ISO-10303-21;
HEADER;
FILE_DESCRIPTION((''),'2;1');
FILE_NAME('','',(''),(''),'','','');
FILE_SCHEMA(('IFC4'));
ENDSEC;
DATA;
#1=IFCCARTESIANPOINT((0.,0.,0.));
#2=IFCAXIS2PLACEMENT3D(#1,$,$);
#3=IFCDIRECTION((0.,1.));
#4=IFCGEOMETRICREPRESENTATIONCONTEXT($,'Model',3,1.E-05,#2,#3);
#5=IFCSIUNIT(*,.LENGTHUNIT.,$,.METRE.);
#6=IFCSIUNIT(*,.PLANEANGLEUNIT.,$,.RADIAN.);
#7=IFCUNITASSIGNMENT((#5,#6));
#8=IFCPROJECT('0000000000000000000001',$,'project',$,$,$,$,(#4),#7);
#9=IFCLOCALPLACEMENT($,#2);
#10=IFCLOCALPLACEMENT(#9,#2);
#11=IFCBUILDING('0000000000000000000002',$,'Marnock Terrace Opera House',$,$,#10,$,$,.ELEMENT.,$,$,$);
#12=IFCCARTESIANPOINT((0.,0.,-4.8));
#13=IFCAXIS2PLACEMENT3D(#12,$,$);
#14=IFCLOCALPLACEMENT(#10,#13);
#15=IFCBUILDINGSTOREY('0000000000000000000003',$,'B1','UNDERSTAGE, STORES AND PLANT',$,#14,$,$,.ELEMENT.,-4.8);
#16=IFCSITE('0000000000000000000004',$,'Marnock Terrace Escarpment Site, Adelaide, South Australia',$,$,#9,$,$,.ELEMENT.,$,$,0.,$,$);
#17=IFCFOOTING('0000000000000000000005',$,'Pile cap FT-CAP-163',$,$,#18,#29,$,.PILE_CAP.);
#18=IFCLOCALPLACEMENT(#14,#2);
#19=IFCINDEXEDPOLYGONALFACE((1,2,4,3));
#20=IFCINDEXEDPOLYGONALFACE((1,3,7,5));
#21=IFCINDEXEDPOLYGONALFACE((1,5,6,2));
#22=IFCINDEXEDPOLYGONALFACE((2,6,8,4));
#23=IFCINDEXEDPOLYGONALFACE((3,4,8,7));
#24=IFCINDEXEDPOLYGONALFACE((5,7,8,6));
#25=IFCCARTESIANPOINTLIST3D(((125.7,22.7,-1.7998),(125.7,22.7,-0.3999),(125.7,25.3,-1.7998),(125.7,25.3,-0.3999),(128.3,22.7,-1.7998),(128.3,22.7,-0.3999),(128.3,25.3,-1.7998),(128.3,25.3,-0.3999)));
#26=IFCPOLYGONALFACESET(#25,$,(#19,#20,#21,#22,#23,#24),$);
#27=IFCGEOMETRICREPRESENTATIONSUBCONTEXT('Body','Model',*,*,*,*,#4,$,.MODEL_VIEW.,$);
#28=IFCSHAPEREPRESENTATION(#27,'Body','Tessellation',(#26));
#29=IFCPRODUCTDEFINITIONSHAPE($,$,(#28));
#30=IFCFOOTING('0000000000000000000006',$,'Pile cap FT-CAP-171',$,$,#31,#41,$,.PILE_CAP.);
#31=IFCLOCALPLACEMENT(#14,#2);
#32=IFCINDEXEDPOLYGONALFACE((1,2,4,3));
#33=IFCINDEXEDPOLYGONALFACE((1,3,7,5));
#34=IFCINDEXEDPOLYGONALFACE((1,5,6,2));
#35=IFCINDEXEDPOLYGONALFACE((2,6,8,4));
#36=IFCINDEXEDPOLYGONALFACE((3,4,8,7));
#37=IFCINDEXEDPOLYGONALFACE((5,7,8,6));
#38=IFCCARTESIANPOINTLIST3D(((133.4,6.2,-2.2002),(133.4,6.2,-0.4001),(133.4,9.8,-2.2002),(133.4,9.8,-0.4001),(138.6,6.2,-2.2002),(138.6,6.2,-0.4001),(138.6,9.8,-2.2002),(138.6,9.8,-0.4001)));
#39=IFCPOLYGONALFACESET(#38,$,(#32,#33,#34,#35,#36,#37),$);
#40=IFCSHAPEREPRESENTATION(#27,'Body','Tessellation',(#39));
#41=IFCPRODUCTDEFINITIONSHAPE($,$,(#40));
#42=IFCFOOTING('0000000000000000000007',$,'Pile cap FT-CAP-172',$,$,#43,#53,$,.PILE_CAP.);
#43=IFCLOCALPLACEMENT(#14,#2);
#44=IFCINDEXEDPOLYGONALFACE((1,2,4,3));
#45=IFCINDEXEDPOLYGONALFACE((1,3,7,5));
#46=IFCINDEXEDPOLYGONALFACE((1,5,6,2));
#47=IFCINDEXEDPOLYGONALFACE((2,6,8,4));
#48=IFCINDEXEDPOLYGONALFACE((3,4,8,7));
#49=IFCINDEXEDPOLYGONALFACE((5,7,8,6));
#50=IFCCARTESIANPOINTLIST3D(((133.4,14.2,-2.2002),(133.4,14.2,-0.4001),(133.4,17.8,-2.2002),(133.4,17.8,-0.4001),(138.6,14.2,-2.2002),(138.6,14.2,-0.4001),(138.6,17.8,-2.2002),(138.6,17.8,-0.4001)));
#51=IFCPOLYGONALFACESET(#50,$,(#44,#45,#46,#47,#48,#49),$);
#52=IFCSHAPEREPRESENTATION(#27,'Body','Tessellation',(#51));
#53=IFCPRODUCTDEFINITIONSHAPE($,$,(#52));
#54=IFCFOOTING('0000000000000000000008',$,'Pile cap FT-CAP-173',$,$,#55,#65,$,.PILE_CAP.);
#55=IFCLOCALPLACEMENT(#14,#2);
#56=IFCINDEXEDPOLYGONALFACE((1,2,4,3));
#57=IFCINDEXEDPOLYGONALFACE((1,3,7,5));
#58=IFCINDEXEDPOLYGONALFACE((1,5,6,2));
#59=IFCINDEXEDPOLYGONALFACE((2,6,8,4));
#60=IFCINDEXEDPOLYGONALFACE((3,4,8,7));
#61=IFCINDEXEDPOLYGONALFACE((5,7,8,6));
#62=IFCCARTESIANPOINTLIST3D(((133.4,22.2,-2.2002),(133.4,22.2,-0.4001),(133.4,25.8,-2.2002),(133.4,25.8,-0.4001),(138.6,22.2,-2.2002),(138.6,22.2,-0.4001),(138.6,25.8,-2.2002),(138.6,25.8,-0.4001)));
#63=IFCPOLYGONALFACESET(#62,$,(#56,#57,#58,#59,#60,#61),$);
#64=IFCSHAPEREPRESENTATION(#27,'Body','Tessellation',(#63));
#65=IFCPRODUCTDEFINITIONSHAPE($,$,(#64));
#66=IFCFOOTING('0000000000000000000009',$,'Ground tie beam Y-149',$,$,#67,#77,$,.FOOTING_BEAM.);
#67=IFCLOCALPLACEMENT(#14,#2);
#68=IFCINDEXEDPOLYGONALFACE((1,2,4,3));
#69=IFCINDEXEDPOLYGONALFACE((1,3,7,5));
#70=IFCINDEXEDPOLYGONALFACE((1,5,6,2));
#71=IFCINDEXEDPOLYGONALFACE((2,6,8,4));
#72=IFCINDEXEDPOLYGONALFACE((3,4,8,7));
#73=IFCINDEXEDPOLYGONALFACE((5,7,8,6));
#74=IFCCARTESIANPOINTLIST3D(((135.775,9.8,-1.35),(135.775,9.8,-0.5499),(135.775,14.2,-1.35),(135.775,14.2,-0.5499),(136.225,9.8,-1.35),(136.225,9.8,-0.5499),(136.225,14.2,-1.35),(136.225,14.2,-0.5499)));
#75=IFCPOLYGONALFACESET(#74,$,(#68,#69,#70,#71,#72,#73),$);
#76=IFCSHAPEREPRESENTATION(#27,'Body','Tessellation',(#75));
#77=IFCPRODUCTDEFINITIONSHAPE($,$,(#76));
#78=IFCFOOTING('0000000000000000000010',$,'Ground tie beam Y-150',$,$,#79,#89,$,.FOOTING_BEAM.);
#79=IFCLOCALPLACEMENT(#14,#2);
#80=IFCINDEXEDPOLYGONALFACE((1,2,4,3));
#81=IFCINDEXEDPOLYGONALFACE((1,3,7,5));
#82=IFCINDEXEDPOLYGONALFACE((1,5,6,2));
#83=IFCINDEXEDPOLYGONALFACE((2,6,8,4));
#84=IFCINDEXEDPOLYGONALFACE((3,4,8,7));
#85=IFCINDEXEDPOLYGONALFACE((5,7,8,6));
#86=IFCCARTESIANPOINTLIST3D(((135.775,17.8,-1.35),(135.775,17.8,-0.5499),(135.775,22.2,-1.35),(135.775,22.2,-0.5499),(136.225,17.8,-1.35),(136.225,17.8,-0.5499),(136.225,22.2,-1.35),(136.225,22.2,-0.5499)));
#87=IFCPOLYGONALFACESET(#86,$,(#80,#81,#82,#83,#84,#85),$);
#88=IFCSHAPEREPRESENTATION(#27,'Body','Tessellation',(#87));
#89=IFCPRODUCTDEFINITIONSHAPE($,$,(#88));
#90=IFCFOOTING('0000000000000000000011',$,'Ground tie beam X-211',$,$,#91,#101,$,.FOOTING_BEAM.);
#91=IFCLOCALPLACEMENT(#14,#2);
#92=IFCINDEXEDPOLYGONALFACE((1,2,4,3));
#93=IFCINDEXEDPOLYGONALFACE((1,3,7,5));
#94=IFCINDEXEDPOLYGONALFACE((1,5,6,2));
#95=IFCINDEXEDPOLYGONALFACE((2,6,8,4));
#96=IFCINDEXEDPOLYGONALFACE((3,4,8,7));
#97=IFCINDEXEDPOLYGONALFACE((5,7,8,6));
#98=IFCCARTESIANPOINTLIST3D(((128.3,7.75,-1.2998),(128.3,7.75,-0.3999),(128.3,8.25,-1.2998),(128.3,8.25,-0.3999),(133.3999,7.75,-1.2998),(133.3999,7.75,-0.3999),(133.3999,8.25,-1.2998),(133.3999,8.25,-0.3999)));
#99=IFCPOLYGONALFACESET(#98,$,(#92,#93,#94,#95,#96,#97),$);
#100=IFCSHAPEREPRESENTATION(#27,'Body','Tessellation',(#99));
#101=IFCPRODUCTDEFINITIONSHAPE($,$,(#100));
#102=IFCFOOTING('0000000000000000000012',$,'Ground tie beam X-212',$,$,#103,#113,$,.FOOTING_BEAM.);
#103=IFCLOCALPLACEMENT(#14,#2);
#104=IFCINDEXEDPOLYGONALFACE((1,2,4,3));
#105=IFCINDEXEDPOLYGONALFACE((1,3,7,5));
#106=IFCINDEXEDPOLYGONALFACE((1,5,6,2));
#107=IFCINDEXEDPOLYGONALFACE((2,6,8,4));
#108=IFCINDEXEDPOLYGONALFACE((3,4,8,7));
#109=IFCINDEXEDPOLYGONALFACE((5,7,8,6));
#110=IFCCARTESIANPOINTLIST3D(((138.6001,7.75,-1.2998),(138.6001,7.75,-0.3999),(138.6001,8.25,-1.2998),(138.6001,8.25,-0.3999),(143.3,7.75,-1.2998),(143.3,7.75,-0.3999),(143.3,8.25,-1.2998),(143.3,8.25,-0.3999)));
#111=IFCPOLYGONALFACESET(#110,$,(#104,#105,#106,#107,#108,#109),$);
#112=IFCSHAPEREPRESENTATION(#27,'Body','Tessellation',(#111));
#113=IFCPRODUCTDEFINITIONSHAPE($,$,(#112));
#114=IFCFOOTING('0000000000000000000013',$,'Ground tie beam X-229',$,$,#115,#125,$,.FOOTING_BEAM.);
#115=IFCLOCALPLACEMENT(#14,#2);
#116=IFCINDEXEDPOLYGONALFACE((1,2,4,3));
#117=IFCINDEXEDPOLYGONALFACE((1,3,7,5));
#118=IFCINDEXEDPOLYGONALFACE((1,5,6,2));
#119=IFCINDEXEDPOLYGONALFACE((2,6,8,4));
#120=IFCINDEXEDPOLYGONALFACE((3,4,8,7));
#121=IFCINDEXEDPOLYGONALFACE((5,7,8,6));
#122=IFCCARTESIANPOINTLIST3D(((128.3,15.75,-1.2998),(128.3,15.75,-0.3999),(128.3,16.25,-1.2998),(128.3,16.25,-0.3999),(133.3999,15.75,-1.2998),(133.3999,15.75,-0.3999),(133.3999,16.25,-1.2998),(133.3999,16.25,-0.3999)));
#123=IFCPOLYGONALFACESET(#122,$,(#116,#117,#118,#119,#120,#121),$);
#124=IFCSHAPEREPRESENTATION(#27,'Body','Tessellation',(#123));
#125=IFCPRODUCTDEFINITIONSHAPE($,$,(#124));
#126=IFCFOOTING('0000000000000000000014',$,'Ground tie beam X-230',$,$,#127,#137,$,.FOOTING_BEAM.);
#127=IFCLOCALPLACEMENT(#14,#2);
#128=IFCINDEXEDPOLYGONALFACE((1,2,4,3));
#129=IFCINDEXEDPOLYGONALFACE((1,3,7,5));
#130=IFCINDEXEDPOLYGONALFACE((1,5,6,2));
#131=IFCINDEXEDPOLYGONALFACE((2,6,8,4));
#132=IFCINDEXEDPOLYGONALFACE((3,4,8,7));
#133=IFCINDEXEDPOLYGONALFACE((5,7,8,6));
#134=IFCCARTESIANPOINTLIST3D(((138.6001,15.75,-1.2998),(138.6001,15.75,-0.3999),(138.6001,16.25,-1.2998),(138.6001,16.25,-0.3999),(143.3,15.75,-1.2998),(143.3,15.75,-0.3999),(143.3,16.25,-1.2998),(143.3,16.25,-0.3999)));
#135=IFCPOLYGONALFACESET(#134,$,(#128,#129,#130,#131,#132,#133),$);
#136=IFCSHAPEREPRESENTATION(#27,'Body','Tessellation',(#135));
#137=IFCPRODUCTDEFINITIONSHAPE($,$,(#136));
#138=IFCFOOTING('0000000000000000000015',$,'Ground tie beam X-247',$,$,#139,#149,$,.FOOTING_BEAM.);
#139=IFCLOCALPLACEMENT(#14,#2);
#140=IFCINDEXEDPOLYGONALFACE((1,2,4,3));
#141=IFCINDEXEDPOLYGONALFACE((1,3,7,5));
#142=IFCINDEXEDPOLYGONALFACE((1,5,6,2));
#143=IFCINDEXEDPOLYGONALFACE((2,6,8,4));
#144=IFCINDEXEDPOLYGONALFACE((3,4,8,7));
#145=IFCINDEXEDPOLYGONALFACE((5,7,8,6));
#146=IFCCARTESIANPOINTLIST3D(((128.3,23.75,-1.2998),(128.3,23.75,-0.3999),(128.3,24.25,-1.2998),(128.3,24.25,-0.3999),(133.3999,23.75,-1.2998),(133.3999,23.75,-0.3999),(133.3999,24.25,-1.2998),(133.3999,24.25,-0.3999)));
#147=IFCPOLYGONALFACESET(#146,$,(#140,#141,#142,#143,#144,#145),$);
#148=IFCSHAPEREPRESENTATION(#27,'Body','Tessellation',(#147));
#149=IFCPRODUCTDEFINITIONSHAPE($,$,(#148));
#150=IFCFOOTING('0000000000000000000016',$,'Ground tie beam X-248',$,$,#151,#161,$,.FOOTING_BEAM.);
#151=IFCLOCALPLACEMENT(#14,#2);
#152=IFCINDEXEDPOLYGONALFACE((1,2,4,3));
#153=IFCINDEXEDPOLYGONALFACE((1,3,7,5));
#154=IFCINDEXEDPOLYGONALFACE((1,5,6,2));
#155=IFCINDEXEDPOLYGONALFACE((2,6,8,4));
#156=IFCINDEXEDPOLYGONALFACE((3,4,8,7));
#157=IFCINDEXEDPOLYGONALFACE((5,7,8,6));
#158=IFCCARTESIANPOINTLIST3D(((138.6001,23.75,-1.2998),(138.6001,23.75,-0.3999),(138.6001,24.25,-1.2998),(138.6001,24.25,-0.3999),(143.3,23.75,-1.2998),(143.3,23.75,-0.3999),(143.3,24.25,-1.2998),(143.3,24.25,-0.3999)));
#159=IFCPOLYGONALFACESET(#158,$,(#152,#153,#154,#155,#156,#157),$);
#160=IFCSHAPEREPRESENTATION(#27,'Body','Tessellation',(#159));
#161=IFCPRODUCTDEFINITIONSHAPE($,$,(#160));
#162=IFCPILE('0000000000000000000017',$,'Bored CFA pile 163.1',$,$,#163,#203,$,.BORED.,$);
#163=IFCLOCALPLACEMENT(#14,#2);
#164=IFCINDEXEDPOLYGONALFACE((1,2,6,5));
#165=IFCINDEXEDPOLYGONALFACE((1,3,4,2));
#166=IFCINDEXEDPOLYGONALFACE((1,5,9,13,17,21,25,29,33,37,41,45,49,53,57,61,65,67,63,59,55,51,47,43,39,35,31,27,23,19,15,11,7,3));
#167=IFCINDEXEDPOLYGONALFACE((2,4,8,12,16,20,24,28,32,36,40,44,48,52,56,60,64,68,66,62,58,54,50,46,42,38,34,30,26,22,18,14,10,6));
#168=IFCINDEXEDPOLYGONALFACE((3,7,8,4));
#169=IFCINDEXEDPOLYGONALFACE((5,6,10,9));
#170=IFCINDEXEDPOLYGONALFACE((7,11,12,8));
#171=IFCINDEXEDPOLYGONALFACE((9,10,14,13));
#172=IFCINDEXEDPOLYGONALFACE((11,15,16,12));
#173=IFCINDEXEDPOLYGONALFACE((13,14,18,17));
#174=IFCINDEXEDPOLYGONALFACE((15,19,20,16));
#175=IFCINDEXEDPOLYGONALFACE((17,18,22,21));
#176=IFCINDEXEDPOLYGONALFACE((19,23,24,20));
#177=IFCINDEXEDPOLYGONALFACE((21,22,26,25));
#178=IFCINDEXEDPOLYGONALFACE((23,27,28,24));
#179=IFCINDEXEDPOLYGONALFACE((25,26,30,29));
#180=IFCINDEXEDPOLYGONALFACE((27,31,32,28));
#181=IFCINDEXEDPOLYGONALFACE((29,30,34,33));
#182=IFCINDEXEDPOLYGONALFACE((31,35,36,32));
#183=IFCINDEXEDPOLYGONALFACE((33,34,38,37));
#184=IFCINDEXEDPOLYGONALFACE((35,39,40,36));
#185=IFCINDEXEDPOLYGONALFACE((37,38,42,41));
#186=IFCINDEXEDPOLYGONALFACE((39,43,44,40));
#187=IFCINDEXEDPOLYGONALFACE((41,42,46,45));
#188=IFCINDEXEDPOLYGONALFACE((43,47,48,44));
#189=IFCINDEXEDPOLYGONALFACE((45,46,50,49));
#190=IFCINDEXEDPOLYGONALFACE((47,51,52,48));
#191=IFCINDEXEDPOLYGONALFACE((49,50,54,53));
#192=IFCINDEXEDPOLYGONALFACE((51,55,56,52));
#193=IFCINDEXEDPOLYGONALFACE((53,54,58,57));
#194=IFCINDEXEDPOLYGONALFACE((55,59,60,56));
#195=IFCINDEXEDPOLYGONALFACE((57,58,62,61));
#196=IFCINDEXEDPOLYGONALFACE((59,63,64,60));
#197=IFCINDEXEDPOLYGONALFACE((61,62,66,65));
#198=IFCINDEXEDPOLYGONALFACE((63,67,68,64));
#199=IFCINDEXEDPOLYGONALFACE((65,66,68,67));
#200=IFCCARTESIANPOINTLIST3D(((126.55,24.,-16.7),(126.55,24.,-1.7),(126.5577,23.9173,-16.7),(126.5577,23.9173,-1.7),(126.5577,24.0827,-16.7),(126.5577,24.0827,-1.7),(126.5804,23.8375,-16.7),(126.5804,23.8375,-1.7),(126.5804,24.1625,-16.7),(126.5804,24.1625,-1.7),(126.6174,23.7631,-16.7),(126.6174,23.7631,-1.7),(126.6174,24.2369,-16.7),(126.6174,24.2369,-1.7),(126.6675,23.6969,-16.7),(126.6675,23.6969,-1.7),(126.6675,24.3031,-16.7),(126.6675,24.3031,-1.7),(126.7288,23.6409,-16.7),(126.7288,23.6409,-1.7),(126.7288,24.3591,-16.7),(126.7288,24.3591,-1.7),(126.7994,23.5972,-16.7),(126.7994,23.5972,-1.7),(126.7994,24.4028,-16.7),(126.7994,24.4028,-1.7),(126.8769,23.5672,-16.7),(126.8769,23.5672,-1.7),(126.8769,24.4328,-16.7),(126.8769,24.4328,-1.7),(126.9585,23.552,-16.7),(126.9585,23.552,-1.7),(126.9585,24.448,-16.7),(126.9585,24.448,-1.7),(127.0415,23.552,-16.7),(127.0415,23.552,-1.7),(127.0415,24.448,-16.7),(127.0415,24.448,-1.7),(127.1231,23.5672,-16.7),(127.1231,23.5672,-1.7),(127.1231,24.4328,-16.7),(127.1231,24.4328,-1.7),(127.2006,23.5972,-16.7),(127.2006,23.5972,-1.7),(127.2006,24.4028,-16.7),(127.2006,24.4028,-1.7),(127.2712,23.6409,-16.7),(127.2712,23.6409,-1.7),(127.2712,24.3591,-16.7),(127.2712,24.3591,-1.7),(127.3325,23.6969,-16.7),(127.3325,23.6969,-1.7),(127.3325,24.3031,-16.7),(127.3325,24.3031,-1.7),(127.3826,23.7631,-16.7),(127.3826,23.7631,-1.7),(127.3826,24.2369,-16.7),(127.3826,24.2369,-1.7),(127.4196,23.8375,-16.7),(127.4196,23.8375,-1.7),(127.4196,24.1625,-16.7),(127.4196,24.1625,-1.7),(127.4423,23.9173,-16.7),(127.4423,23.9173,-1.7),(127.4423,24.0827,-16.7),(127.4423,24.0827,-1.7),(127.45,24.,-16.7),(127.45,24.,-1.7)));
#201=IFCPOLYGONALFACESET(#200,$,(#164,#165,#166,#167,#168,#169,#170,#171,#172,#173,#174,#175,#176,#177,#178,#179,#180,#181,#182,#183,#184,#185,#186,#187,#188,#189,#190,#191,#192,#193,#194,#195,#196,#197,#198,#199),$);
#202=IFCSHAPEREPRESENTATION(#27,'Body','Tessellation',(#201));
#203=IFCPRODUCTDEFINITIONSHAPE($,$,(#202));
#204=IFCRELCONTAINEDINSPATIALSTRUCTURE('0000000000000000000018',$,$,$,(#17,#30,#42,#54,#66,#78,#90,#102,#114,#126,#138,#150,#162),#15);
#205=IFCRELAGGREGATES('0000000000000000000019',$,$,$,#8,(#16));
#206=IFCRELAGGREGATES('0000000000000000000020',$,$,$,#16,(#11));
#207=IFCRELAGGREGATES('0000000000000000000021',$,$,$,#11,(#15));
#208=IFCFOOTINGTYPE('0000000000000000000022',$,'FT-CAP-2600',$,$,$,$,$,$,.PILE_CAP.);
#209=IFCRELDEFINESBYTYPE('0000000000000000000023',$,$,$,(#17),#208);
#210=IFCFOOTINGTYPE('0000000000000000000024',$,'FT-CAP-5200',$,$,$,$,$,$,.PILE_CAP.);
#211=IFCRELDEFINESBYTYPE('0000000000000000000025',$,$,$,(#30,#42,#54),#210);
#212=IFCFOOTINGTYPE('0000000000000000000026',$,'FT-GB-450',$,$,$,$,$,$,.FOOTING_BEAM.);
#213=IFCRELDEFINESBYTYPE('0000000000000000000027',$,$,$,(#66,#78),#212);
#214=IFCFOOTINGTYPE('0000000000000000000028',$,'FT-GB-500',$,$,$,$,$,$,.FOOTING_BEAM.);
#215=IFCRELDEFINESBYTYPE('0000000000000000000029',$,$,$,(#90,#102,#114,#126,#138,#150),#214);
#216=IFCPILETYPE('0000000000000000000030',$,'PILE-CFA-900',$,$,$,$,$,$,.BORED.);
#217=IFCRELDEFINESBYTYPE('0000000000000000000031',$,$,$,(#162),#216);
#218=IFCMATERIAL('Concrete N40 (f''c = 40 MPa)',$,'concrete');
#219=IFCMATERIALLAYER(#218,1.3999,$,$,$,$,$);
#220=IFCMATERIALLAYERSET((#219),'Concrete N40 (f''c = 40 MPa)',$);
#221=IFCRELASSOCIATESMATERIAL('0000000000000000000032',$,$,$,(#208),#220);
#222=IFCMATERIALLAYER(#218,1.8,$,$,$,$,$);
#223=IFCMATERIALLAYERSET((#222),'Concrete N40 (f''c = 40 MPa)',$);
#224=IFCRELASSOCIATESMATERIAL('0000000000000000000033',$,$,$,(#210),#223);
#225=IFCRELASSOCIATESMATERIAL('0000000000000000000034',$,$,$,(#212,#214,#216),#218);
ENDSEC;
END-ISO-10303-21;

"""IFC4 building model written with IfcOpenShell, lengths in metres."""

from ifc_helpers import new_model, si_unit, direction, frame, origin, origin_2d, place, context, subcontext, project, spatial, rectangle, circle, extrude, material, layer, layer_set, material_profile, profile_set, type_object, element, save


model = new_model("IFC4")

# Units and contexts
model_context = context("Model", 3, precision=1e-05, world=origin(), true_north=direction((0.0, 1.0)))
body_context = subcontext(model_context, "Body", "Model", "MODEL_VIEW")
ifc_project = project(units=[si_unit("LENGTHUNIT", "METRE"), si_unit("PLANEANGLEUNIT", "RADIAN")], contexts=[model_context])

# Site, building, storey
site_placement = place(None, origin())
site = spatial("IfcSite", under=ifc_project, at=site_placement, Name="Marnock Terrace Escarpment Site, Adelaide, South Australia", CompositionType="ELEMENT", RefElevation=0.0)
building_placement = place(site_placement, origin())
building = spatial("IfcBuilding", under=site, at=building_placement, Name="Marnock Terrace Opera House", CompositionType="ELEMENT")
storey_placement = place(building_placement, frame((0.0, 0.0, -4.8)))
storey = spatial("IfcBuildingStorey", under=building, at=storey_placement, Name="B1", Description="UNDERSTAGE, STORES AND PLANT", CompositionType="ELEMENT", Elevation=-4.8)

# Footings
ifc_material_1 = material(Name="Concrete N40 (f'c = 40 MPa)", Category="concrete")
ifc_layer_1 = layer(ifc_material_1, 1.3999)
ifc_layer_set_1 = layer_set([ifc_layer_1], Name="Concrete N40 (f'c = 40 MPa)")
footing_type_1 = type_object("IfcFootingType", Name="FT-CAP-2600", PredefinedType="PILE_CAP", material=ifc_layer_set_1)
footing_1_placement = place(storey_placement, frame((127.0, 24.0, -1.7998), z_axis=(0.0, 0.0, 1.0), x_axis=(1.0, 0.0, 0.0)))
element("IfcFooting", 1, at=footing_1_placement, inside=storey, type_object=footing_type_1, Name="Pile cap FT-CAP-163", PredefinedType="PILE_CAP", context=body_context, shape_type="SweptSolid", body=[
    extrude(rectangle(XDim=2.6001, YDim=2.6001, at=origin_2d()), origin(), (0.0, 0.0, 1.0), 1.3999),
])
ifc_layer_2 = layer(ifc_material_1, 1.8)
ifc_layer_set_2 = layer_set([ifc_layer_2], Name="Concrete N40 (f'c = 40 MPa)")
footing_type_2 = type_object("IfcFootingType", Name="FT-CAP-5200", PredefinedType="PILE_CAP", material=ifc_layer_set_2)
for number, where, z_axis, x_axis, name in (
    (2, (136.0, 8.0, -2.2002), (0.0, 0.0, 1.0), (1.0, 0.0, 0.0), "Pile cap FT-CAP-171"),
    (3, (136.0, 16.0, -2.2002), (0.0, 0.0, 1.0), (1.0, 0.0, 0.0), "Pile cap FT-CAP-172"),
    (4, (136.0, 24.0, -2.2002), (0.0, 0.0, 1.0), (1.0, 0.0, 0.0), "Pile cap FT-CAP-173"),
):
    element("IfcFooting", number, at=place(storey_placement, frame(where, z_axis=z_axis, x_axis=x_axis)), inside=storey, type_object=footing_type_2, Name=name, PredefinedType="PILE_CAP", context=body_context, shape_type="SweptSolid", body=[
        extrude(rectangle(XDim=5.2, YDim=3.6001, at=origin_2d()), origin(), (0.0, 0.0, 1.0), 1.8),
    ])
ifc_material_profile_1 = material_profile(ifc_material_1, rectangle(XDim=0.45, YDim=0.8, at=origin_2d()))
ifc_profile_set_1 = profile_set([ifc_material_profile_1], Name="Concrete N40 (f'c = 40 MPa)")
footing_type_3 = type_object("IfcFootingType", Name="FT-GB-450", PredefinedType="FOOTING_BEAM", material=ifc_profile_set_1)
for number, where, z_axis, x_axis, name in (
    (5, (136.0, 9.8, -0.95), (0.0, 1.0, 0.0), (-1.0, 0.0, 0.0), "Ground tie beam Y-149"),
    (6, (136.0, 17.8, -0.95), (0.0, 1.0, 0.0), (-1.0, 0.0, 0.0), "Ground tie beam Y-150"),
):
    element("IfcFooting", number, at=place(storey_placement, frame(where, z_axis=z_axis, x_axis=x_axis)), inside=storey, type_object=footing_type_3, Name=name, PredefinedType="FOOTING_BEAM", context=body_context, shape_type="SweptSolid", body=[
        extrude(rectangle(XDim=0.45, YDim=0.8, at=origin_2d()), origin(), (0.0, 0.0, 1.0), 4.3999),
    ])
ifc_material_profile_2 = material_profile(ifc_material_1, rectangle(XDim=0.5, YDim=0.8999, at=origin_2d()))
ifc_profile_set_2 = profile_set([ifc_material_profile_2], Name="Concrete N40 (f'c = 40 MPa)")
footing_type_4 = type_object("IfcFootingType", Name="FT-GB-500", PredefinedType="FOOTING_BEAM", material=ifc_profile_set_2)
footing_2_placement = place(storey_placement, frame((128.3, 8.0, -0.8499), z_axis=(1.0, 0.0, 0.0), x_axis=(0.0, 1.0, 0.0)))
element("IfcFooting", 7, at=footing_2_placement, inside=storey, type_object=footing_type_4, Name="Ground tie beam X-211", PredefinedType="FOOTING_BEAM", context=body_context, shape_type="SweptSolid", body=[
    extrude(rectangle(XDim=0.5, YDim=0.8999, at=origin_2d()), origin(), (0.0, 0.0, 1.0), 5.0999),
])
footing_3_placement = place(storey_placement, frame((138.6001, 8.0, -0.8499), z_axis=(1.0, 0.0, 0.0), x_axis=(0.0, 1.0, 0.0)))
element("IfcFooting", 8, at=footing_3_placement, inside=storey, type_object=footing_type_4, Name="Ground tie beam X-212", PredefinedType="FOOTING_BEAM", context=body_context, shape_type="SweptSolid", body=[
    extrude(rectangle(XDim=0.5, YDim=0.8999, at=origin_2d()), origin(), (0.0, 0.0, 1.0), 4.7),
])
footing_4_placement = place(storey_placement, frame((128.3, 16.0, -0.8499), z_axis=(1.0, 0.0, 0.0), x_axis=(0.0, 1.0, 0.0)))
element("IfcFooting", 9, at=footing_4_placement, inside=storey, type_object=footing_type_4, Name="Ground tie beam X-229", PredefinedType="FOOTING_BEAM", context=body_context, shape_type="SweptSolid", body=[
    extrude(rectangle(XDim=0.5, YDim=0.8999, at=origin_2d()), origin(), (0.0, 0.0, 1.0), 5.0999),
])
footing_5_placement = place(storey_placement, frame((138.6001, 16.0, -0.8499), z_axis=(1.0, 0.0, 0.0), x_axis=(0.0, 1.0, 0.0)))
element("IfcFooting", 10, at=footing_5_placement, inside=storey, type_object=footing_type_4, Name="Ground tie beam X-230", PredefinedType="FOOTING_BEAM", context=body_context, shape_type="SweptSolid", body=[
    extrude(rectangle(XDim=0.5, YDim=0.8999, at=origin_2d()), origin(), (0.0, 0.0, 1.0), 4.7),
])
footing_6_placement = place(storey_placement, frame((128.3, 24.0, -0.8499), z_axis=(1.0, 0.0, 0.0), x_axis=(0.0, 1.0, 0.0)))
element("IfcFooting", 11, at=footing_6_placement, inside=storey, type_object=footing_type_4, Name="Ground tie beam X-247", PredefinedType="FOOTING_BEAM", context=body_context, shape_type="SweptSolid", body=[
    extrude(rectangle(XDim=0.5, YDim=0.8999, at=origin_2d()), origin(), (0.0, 0.0, 1.0), 5.0999),
])
footing_7_placement = place(storey_placement, frame((138.6001, 24.0, -0.8499), z_axis=(1.0, 0.0, 0.0), x_axis=(0.0, 1.0, 0.0)))
element("IfcFooting", 12, at=footing_7_placement, inside=storey, type_object=footing_type_4, Name="Ground tie beam X-248", PredefinedType="FOOTING_BEAM", context=body_context, shape_type="SweptSolid", body=[
    extrude(rectangle(XDim=0.5, YDim=0.8999, at=origin_2d()), origin(), (0.0, 0.0, 1.0), 4.7),
])

# Pile
ifc_material_profile_3 = material_profile(ifc_material_1, circle(Radius=0.45, at=origin_2d()))
ifc_profile_set_3 = profile_set([ifc_material_profile_3], Name="Concrete N40 (f'c = 40 MPa)")
pile_type = type_object("IfcPileType", Name="PILE-CFA-900", PredefinedType="BORED", material=ifc_profile_set_3)
pile_placement = place(storey_placement, frame((127.0, 24.0, -1.7), z_axis=(0.0, 0.0, -1.0), x_axis=(1.0, 0.0, 0.0)))
element("IfcPile", 13, at=pile_placement, inside=storey, type_object=pile_type, Name="Bored CFA pile 163.1", PredefinedType="BORED", context=body_context, shape_type="SweptSolid", body=[
    extrude(circle(Radius=0.45, at=origin_2d()), origin(), (0.0, 0.0, 1.0), 15.0),
])

save(model, "model.ifc")
